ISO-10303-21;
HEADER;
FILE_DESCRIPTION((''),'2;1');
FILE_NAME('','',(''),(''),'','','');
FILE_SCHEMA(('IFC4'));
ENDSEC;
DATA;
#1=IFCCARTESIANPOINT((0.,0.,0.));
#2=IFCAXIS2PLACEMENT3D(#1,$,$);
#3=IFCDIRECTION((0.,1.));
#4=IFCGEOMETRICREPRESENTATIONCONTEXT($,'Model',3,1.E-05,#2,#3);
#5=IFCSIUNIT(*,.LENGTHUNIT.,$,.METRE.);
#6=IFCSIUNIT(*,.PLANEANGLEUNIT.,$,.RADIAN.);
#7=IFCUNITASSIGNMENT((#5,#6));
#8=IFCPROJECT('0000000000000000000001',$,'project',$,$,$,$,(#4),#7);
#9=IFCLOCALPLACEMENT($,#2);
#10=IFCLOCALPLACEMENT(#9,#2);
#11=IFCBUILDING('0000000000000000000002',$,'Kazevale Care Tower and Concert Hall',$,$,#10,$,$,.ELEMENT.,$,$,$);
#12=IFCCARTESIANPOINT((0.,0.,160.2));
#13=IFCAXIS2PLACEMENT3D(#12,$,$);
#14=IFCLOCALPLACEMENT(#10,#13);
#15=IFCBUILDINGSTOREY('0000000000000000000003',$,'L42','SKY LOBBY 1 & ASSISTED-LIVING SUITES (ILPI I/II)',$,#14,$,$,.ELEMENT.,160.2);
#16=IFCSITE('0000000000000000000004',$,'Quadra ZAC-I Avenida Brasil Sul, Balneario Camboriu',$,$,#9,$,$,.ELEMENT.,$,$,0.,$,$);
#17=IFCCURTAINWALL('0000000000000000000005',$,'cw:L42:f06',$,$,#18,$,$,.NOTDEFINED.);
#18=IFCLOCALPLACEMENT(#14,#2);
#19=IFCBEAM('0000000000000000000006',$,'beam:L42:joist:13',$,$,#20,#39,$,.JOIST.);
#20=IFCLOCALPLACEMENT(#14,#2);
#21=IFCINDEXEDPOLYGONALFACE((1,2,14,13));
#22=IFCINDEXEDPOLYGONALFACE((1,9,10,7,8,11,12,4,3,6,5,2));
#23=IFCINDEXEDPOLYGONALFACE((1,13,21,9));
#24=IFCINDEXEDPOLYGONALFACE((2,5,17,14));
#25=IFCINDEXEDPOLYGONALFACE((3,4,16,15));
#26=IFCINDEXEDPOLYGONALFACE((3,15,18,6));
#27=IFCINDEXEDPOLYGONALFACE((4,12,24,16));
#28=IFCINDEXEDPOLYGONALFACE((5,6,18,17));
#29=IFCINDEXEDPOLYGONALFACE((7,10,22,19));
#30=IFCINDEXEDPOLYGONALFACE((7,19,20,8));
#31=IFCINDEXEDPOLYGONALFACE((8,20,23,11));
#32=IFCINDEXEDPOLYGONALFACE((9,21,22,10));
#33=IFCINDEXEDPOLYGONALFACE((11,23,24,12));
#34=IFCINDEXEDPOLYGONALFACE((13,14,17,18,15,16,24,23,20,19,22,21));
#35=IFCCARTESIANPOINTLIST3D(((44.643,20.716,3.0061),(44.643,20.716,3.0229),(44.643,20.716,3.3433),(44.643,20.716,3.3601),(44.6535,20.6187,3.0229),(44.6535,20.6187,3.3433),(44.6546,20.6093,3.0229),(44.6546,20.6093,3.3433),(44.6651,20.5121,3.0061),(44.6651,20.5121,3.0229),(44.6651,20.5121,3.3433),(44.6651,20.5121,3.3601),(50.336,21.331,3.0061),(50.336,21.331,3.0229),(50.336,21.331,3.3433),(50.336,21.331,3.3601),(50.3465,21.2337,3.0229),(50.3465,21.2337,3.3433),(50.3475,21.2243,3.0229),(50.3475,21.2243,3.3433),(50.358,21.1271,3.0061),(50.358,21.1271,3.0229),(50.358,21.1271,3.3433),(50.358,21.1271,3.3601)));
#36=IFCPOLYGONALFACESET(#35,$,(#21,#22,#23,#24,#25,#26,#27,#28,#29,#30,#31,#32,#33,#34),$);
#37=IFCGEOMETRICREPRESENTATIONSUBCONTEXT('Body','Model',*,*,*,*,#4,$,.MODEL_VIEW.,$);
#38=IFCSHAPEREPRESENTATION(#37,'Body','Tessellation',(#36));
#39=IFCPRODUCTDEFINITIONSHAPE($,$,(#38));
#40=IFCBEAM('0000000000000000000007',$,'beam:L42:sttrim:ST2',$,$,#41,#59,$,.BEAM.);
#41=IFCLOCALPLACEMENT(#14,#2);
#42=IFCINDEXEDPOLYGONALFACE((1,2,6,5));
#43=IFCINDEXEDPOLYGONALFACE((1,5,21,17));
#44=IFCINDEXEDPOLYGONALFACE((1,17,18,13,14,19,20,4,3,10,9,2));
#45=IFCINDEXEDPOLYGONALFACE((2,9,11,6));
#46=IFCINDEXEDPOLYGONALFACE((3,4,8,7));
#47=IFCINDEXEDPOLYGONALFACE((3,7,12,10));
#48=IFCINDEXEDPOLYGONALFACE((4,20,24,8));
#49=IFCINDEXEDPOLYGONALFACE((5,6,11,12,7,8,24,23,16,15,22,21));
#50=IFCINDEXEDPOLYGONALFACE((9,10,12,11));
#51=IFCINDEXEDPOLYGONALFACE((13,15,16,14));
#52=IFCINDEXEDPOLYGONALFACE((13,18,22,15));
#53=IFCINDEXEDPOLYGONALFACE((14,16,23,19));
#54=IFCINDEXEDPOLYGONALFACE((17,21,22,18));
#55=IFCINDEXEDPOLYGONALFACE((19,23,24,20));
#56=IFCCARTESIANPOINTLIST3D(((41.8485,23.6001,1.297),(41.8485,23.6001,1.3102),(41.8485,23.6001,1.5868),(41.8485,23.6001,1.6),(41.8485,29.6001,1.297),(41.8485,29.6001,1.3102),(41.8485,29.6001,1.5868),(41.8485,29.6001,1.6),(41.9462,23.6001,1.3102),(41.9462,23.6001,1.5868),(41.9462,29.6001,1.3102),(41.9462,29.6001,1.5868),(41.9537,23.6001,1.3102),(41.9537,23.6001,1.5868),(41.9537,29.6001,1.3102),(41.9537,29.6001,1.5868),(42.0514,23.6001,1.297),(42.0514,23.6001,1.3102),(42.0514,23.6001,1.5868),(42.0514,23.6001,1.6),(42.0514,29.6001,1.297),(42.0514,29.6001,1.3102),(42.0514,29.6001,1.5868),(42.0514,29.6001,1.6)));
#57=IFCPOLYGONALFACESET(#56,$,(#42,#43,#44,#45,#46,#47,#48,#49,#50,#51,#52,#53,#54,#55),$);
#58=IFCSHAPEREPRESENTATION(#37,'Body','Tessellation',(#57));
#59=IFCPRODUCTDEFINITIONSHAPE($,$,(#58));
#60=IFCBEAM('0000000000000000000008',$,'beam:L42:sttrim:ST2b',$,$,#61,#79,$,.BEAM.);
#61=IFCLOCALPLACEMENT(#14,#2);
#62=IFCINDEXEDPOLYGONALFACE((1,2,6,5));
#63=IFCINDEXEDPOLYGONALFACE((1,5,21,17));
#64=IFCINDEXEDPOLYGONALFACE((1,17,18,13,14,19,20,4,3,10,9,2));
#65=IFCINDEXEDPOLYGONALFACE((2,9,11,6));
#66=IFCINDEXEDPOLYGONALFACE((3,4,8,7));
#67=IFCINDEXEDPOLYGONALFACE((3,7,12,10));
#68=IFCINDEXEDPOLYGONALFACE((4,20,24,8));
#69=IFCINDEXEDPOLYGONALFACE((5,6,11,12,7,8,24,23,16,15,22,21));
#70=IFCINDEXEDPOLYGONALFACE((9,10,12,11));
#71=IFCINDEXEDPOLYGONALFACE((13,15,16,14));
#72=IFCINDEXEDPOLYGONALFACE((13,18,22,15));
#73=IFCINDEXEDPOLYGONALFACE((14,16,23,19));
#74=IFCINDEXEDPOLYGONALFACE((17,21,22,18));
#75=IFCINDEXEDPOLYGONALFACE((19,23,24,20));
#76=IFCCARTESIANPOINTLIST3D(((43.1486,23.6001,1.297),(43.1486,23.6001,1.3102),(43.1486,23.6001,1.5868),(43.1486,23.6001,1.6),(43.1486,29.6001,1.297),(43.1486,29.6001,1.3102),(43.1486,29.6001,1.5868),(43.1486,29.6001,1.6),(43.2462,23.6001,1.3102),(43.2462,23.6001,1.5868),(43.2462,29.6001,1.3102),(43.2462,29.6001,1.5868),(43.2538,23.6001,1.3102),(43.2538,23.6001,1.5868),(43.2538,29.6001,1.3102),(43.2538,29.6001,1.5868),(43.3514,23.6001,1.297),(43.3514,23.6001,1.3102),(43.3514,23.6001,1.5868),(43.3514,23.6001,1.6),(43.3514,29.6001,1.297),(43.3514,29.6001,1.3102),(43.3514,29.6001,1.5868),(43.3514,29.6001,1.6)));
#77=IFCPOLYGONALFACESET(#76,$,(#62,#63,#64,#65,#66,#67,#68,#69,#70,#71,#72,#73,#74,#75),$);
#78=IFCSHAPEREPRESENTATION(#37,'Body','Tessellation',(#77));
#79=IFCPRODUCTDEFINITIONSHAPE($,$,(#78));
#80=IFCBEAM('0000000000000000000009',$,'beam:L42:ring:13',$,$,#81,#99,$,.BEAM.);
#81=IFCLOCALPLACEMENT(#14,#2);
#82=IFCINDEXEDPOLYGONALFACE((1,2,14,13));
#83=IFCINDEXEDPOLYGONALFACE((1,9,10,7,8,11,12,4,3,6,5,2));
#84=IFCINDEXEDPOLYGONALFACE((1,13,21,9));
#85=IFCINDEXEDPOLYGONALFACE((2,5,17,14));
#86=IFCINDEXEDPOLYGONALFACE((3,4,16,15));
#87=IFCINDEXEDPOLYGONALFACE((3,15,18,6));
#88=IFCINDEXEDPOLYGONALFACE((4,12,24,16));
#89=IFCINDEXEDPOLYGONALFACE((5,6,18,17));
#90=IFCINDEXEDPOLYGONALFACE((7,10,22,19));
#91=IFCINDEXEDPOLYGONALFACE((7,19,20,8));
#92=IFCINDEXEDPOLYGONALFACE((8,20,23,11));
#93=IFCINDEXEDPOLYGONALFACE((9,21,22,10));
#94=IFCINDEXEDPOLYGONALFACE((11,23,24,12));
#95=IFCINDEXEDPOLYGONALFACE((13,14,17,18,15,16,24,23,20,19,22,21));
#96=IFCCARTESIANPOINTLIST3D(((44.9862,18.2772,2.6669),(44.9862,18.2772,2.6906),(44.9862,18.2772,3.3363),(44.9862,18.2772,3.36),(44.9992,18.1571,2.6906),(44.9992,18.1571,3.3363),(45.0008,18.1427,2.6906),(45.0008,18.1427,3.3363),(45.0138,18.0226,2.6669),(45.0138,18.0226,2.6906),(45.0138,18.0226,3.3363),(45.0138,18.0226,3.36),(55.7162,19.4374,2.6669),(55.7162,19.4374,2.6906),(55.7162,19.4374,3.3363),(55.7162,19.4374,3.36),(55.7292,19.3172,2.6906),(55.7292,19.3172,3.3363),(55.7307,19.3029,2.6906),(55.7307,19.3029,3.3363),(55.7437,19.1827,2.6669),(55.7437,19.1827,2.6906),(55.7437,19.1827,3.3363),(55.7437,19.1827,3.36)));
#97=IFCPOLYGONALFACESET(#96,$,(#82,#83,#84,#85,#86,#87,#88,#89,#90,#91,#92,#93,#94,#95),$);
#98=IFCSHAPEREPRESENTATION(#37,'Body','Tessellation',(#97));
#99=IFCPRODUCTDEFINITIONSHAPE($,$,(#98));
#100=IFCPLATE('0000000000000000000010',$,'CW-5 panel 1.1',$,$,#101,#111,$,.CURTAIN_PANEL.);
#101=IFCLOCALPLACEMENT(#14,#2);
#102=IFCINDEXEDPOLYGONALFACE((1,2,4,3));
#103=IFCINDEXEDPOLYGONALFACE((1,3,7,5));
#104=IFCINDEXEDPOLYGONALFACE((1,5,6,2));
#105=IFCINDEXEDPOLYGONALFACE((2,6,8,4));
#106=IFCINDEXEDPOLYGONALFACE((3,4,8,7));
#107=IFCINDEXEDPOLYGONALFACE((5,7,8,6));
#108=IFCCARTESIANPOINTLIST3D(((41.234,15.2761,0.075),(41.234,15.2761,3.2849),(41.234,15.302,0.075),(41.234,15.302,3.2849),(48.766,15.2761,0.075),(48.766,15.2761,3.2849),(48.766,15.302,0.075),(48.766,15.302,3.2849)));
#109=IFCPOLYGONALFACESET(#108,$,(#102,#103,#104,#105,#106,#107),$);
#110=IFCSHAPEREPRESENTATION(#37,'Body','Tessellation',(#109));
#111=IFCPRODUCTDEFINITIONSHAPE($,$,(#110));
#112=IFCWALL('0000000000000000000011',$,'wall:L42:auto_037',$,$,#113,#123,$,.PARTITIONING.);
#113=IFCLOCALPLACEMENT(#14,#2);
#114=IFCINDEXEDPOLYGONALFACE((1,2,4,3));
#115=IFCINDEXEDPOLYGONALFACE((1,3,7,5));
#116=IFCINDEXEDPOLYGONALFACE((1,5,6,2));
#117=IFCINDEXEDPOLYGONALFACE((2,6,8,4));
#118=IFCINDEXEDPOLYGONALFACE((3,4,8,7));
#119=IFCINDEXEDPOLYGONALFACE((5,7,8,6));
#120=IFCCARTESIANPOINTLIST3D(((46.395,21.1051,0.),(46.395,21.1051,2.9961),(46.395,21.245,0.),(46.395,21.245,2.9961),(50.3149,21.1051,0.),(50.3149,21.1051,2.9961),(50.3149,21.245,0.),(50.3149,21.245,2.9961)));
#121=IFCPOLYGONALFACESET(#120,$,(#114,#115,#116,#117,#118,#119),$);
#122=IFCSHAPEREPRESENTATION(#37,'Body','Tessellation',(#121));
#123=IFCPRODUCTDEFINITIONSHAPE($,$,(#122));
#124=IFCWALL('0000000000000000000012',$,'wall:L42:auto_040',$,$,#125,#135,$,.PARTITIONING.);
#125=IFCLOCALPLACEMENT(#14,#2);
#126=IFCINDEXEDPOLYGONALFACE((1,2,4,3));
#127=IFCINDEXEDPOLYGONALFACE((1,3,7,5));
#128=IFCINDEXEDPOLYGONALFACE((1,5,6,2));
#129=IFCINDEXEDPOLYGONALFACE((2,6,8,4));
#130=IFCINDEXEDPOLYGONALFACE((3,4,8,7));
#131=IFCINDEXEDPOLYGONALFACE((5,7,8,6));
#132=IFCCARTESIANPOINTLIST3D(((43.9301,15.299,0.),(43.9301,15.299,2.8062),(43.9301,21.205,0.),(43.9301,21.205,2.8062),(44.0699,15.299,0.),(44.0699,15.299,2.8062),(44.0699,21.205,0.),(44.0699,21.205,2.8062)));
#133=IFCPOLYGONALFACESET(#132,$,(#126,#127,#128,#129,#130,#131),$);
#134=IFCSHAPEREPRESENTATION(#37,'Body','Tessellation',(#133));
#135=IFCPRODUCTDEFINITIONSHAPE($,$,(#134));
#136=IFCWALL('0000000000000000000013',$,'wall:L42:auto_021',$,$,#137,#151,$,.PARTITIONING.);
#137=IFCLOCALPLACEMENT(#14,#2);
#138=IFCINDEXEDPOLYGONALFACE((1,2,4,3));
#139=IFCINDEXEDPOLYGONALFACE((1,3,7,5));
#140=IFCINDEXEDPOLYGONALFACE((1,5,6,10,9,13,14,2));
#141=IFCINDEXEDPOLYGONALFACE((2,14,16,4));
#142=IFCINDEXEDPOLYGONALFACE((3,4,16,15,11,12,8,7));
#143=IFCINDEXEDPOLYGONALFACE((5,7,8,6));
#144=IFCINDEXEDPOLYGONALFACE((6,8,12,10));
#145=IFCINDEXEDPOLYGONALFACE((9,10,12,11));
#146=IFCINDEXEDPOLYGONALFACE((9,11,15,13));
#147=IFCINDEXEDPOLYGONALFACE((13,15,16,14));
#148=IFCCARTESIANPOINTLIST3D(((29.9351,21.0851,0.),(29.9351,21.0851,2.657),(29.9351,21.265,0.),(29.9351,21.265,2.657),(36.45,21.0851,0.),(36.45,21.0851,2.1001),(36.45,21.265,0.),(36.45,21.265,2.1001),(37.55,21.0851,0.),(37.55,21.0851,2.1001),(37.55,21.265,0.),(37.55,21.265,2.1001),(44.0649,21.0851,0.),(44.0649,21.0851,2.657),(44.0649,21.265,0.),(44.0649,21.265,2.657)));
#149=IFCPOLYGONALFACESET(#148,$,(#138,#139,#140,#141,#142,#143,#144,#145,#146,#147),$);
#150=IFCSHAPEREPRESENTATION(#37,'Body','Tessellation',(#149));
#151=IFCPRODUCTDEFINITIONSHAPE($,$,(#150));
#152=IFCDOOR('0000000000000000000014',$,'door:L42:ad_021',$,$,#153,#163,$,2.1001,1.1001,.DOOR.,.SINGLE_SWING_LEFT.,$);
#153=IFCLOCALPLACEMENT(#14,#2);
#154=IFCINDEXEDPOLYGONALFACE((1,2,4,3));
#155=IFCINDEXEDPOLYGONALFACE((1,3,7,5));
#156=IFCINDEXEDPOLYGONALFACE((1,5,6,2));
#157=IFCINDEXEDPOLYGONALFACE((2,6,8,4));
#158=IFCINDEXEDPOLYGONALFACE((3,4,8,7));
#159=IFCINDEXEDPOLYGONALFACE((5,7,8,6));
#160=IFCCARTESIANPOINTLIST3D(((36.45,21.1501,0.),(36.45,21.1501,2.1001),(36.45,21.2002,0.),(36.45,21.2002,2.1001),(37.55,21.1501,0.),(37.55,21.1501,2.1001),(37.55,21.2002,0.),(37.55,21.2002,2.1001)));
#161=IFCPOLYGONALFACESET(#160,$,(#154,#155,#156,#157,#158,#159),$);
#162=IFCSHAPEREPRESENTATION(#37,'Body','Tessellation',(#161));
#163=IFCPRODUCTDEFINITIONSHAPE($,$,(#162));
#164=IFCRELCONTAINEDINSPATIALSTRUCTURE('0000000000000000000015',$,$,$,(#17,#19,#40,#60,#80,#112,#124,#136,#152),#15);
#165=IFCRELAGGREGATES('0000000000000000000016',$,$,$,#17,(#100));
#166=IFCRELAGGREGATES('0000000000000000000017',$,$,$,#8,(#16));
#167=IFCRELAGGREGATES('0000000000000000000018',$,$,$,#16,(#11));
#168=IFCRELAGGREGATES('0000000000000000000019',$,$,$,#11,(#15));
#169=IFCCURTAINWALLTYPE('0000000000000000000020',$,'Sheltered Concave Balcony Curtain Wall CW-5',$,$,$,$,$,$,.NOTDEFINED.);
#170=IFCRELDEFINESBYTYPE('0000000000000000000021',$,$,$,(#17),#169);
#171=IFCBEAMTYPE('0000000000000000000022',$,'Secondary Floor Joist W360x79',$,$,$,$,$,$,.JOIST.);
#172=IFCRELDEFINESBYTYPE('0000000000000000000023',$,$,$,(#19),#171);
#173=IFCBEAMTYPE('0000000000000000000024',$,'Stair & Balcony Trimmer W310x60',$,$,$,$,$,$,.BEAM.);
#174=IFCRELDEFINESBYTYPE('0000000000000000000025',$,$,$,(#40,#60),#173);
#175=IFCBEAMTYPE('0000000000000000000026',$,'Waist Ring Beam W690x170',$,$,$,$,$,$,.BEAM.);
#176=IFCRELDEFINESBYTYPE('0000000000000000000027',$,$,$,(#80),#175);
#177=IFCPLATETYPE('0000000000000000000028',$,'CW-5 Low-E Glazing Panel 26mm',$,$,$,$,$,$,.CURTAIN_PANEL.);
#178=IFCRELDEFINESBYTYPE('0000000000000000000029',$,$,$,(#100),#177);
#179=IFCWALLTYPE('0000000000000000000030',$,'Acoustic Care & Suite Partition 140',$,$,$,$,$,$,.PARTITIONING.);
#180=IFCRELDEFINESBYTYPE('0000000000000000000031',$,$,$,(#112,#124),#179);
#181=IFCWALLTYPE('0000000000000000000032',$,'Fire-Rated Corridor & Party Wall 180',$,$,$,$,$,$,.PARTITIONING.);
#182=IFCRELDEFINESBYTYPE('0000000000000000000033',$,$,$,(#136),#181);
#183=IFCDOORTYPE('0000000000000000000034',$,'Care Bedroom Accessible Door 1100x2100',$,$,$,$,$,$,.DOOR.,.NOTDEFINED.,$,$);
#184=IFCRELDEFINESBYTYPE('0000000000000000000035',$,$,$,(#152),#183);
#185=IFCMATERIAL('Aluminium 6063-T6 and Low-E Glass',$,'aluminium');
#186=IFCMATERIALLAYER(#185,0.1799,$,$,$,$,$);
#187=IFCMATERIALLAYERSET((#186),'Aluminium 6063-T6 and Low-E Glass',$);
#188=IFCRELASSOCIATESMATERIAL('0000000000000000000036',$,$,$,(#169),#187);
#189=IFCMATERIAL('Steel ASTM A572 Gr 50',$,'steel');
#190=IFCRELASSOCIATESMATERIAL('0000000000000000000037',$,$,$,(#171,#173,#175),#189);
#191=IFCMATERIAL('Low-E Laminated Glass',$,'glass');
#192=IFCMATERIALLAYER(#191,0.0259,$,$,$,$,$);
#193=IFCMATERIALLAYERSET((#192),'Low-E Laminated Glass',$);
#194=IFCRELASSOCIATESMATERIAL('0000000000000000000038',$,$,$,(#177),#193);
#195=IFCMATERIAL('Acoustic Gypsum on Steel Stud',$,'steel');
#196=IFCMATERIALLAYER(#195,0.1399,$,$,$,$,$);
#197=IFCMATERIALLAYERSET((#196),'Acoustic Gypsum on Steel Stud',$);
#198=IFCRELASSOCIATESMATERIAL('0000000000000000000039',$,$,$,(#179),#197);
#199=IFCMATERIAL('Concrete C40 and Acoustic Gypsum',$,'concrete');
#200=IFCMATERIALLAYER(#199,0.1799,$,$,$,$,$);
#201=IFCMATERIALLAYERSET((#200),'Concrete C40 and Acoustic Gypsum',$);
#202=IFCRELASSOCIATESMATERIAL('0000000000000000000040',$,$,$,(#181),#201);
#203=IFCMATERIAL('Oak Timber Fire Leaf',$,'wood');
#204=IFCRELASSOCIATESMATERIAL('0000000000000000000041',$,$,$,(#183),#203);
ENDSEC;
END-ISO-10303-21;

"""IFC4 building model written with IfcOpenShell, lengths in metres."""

from ifc_helpers import new_model, si_unit, direction, frame, frame_2d, origin, origin_2d, place, context, subcontext, project, spatial, rectangle, i_section, extrude, material, layer, layer_set, material_profile, profile_set, type_object, element, fill, aggregate, save


model = new_model("IFC4")

# Units and contexts
model_context = context("Model", 3, precision=1e-05, world=origin(), true_north=direction((0.0, 1.0)))
body_context = subcontext(model_context, "Body", "Model", "MODEL_VIEW")
ifc_project = project(units=[si_unit("LENGTHUNIT", "METRE"), si_unit("PLANEANGLEUNIT", "RADIAN")], contexts=[model_context])

# Site, building, storey
site_placement = place(None, origin())
site = spatial("IfcSite", under=ifc_project, at=site_placement, Name="Quadra ZAC-I Avenida Brasil Sul, Balneario Camboriu", CompositionType="ELEMENT", RefElevation=0.0)
building_placement = place(site_placement, origin())
building = spatial("IfcBuilding", under=site, at=building_placement, Name="Kazevale Care Tower and Concert Hall", CompositionType="ELEMENT")
storey_placement = place(building_placement, frame((0.0, 0.0, 160.2)))
storey = spatial("IfcBuildingStorey", under=building, at=storey_placement, Name="L42", Description="SKY LOBBY 1 & ASSISTED-LIVING SUITES (ILPI I/II)", CompositionType="ELEMENT", Elevation=160.2)

# Curtain wall
ifc_material_1 = material(Name="Aluminium 6063-T6 and Low-E Glass", Category="aluminium")
ifc_layer_1 = layer(ifc_material_1, 0.1799)
ifc_layer_set_1 = layer_set([ifc_layer_1], Name="Aluminium 6063-T6 and Low-E Glass")
curtain_wall_type = type_object("IfcCurtainWallType", Name="Sheltered Concave Balcony Curtain Wall CW-5", PredefinedType="NOTDEFINED", material=ifc_layer_set_1)
curtain_wall_1_placement = place(storey_placement, origin())
curtain_wall_1 = element("IfcCurtainWall", 1, at=curtain_wall_1_placement, inside=storey, type_object=curtain_wall_type, Name="cw:L42:f06", PredefinedType="NOTDEFINED")

# Beams
ifc_material_2 = material(Name="Steel ASTM A572 Gr 50", Category="steel")
ifc_material_profile_1 = material_profile(ifc_material_2, i_section(OverallWidth=0.2051, OverallDepth=0.354, WebThickness=0.0095, FlangeThickness=0.0168, at=origin_2d()), Name="W360x79")
ifc_profile_set_1 = profile_set([ifc_material_profile_1], Name="Steel ASTM A572 Gr 50")
beam_type_1 = type_object("IfcBeamType", Name="Secondary Floor Joist W360x79", PredefinedType="JOIST", material=ifc_profile_set_1)
beam_1_placement = place(storey_placement, frame((44.6541, 20.614, 3.1831), z_axis=(0.994216, 0.107403, 0.0), x_axis=(-0.107403, 0.994216, 0.0)))
element("IfcBeam", 2, at=beam_1_placement, inside=storey, type_object=beam_type_1, Name="beam:L42:joist:13", PredefinedType="JOIST", context=body_context, shape_type="SweptSolid", body=[
    extrude(i_section(OverallWidth=0.2051, OverallDepth=0.354, WebThickness=0.0095, FlangeThickness=0.0168, at=origin_2d()), origin(), (0.0, 0.0, 1.0), 5.7261),
])
ifc_material_profile_2 = material_profile(ifc_material_2, i_section(OverallWidth=0.2029, OverallDepth=0.303, WebThickness=0.0076, FlangeThickness=0.0132, at=origin_2d()), Name="W310x60")
ifc_profile_set_2 = profile_set([ifc_material_profile_2], Name="Steel ASTM A572 Gr 50")
beam_type_2 = type_object("IfcBeamType", Name="Stair & Balcony Trimmer W310x60", PredefinedType="BEAM", material=ifc_profile_set_2)
for number, where, z_axis, x_axis, name in (
    (3, (41.95, 23.6001, 1.4485), (0.0, 1.0, 0.0), (-1.0, 0.0, 0.0), "beam:L42:sttrim:ST2"),
    (4, (43.25, 23.6001, 1.4485), (0.0, 1.0, 0.0), (-1.0, 0.0, 0.0), "beam:L42:sttrim:ST2b"),
):
    element("IfcBeam", number, at=place(storey_placement, frame(where, z_axis=z_axis, x_axis=x_axis)), inside=storey, type_object=beam_type_2, Name=name, PredefinedType="BEAM", context=body_context, shape_type="SweptSolid", body=[
        extrude(i_section(OverallWidth=0.2029, OverallDepth=0.303, WebThickness=0.0076, FlangeThickness=0.0132, at=origin_2d()), origin(), (0.0, 0.0, 1.0), 6.0),
    ])
ifc_material_profile_3 = material_profile(ifc_material_2, i_section(OverallWidth=0.2561, OverallDepth=0.6931, WebThickness=0.0144, FlangeThickness=0.0237, at=origin_2d()), Name="W690x170")
ifc_profile_set_3 = profile_set([ifc_material_profile_3], Name="Steel ASTM A572 Gr 50")
beam_type_3 = type_object("IfcBeamType", Name="Waist Ring Beam W690x170", PredefinedType="BEAM", material=ifc_profile_set_3)
beam_2_placement = place(storey_placement, frame((45.0, 18.1499, 3.0134), z_axis=(0.994205, 0.107496, 0.0), x_axis=(-0.107496, 0.994205, 0.0)))
element("IfcBeam", 5, at=beam_2_placement, inside=storey, type_object=beam_type_3, Name="beam:L42:ring:13", PredefinedType="BEAM", context=body_context, shape_type="SweptSolid", body=[
    extrude(i_section(OverallWidth=0.2561, OverallDepth=0.6931, WebThickness=0.0144, FlangeThickness=0.0237, at=origin_2d()), origin(), (0.0, 0.0, 1.0), 10.7925),
])

# Plate
ifc_material_3 = material(Name="Low-E Laminated Glass", Category="glass")
ifc_layer_2 = layer(ifc_material_3, 0.0259)
ifc_layer_set_2 = layer_set([ifc_layer_2], Name="Low-E Laminated Glass")
plate_type = type_object("IfcPlateType", Name="CW-5 Low-E Glazing Panel 26mm", PredefinedType="CURTAIN_PANEL", material=ifc_layer_set_2)
plate_placement = place(storey_placement, frame((45.0, 15.2891, 0.075), z_axis=(0.0, 0.0, 1.0), x_axis=(-1.0, 0.0, 0.0)))
plate = element("IfcPlate", 6, at=plate_placement, type_object=plate_type, Name="CW-5 panel 1.1", PredefinedType="CURTAIN_PANEL", context=body_context, shape_type="SweptSolid", body=[
    extrude(rectangle(XDim=7.532, YDim=0.0259, at=origin_2d()), origin(), (0.0, 0.0, 1.0), 3.21),
])
aggregate(curtain_wall_1, [plate])

# Walls
ifc_material_4 = material(Name="Acoustic Gypsum on Steel Stud", Category="steel")
ifc_layer_3 = layer(ifc_material_4, 0.1399)
ifc_layer_set_3 = layer_set([ifc_layer_3], Name="Acoustic Gypsum on Steel Stud")
wall_type_1 = type_object("IfcWallType", Name="Acoustic Care & Suite Partition 140", PredefinedType="PARTITIONING", material=ifc_layer_set_3)
wall_1_placement = place(storey_placement, frame((50.3149, 21.175, 0.0), z_axis=(0.0, 0.0, 1.0), x_axis=(-1.0, 0.0, 0.0)))
element("IfcWall", 7, at=wall_1_placement, inside=storey, type_object=wall_type_1, Name="wall:L42:auto_037", PredefinedType="PARTITIONING", context=body_context, shape_type="SweptSolid", body=[
    extrude(rectangle(XDim=3.9199, YDim=0.1399, at=frame_2d((1.96, 0.0))), origin(), (0.0, 0.0, 1.0), 2.9961),
])
wall_2_placement = place(storey_placement, frame((44.0, 21.2051, 0.0), z_axis=(0.0, 0.0, 1.0), x_axis=(0.0, -1.0, 0.0)))
element("IfcWall", 8, at=wall_2_placement, inside=storey, type_object=wall_type_1, Name="wall:L42:auto_040", PredefinedType="PARTITIONING", context=body_context, shape_type="SweptSolid", body=[
    extrude(rectangle(XDim=5.906, YDim=0.1399, at=frame_2d((2.9531, 0.0))), origin(), (0.0, 0.0, 1.0), 2.8062),
])

# Wall, opening, door
ifc_material_5 = material(Name="Concrete C40 and Acoustic Gypsum", Category="concrete")
ifc_layer_4 = layer(ifc_material_5, 0.1799)
ifc_layer_set_4 = layer_set([ifc_layer_4], Name="Concrete C40 and Acoustic Gypsum")
wall_type_2 = type_object("IfcWallType", Name="Fire-Rated Corridor & Party Wall 180", PredefinedType="PARTITIONING", material=ifc_layer_set_4)
wall_3_placement = place(storey_placement, frame((44.0649, 21.175, 0.0), z_axis=(0.0, 0.0, 1.0), x_axis=(-1.0, 0.0, 0.0)))
wall_3 = element("IfcWall", 9, at=wall_3_placement, inside=storey, type_object=wall_type_2, Name="wall:L42:auto_021", PredefinedType="PARTITIONING", context=body_context, shape_type="SweptSolid", body=[
    extrude(rectangle(XDim=14.1299, YDim=0.1799, at=frame_2d((7.0649, 0.0))), origin(), (0.0, 0.0, 1.0), 2.657),
])
opening_1_placement = place(wall_3_placement, frame((6.5149, 0.0, 0.0)))
opening_1 = element("IfcOpeningElement", 10, at=opening_1_placement, cuts=wall_3, PredefinedType="OPENING", context=body_context, shape_type="SweptSolid", body=[
    extrude(rectangle(XDim=1.1001, YDim=2.1001, at=frame_2d((0.55, 1.05))), frame((0.0, 0.0999, 0.0), z_axis=(0.0, -1.0, 0.0), x_axis=(1.0, 0.0, 0.0)), (0.0, 0.0, 1.0), 0.2),
])
ifc_material_6 = material(Name="Oak Timber Fire Leaf", Category="wood")
door_type_1 = type_object("IfcDoorType", Name="Care Bedroom Accessible Door 1100x2100", OperationType="NOTDEFINED", PredefinedType="DOOR", material=ifc_material_6)
door_1_placement = place(opening_1_placement, origin())
door_1 = element("IfcDoor", 11, at=door_1_placement, inside=storey, type_object=door_type_1, Name="door:L42:ad_021", OperationType="SINGLE_SWING_LEFT", OverallHeight=2.1001, OverallWidth=1.1001, PredefinedType="DOOR", context=body_context, shape_type="SweptSolid", body=[
    extrude(rectangle(XDim=1.1001, YDim=2.1001, at=frame_2d((0.55, 1.05))), frame((0.0, 0.0249, 0.0), z_axis=(0.0, -1.0, 0.0), x_axis=(1.0, 0.0, 0.0)), (0.0, 0.0, 1.0), 0.05),
])
fill(opening_1, door_1)

save(model, "model.ifc")
